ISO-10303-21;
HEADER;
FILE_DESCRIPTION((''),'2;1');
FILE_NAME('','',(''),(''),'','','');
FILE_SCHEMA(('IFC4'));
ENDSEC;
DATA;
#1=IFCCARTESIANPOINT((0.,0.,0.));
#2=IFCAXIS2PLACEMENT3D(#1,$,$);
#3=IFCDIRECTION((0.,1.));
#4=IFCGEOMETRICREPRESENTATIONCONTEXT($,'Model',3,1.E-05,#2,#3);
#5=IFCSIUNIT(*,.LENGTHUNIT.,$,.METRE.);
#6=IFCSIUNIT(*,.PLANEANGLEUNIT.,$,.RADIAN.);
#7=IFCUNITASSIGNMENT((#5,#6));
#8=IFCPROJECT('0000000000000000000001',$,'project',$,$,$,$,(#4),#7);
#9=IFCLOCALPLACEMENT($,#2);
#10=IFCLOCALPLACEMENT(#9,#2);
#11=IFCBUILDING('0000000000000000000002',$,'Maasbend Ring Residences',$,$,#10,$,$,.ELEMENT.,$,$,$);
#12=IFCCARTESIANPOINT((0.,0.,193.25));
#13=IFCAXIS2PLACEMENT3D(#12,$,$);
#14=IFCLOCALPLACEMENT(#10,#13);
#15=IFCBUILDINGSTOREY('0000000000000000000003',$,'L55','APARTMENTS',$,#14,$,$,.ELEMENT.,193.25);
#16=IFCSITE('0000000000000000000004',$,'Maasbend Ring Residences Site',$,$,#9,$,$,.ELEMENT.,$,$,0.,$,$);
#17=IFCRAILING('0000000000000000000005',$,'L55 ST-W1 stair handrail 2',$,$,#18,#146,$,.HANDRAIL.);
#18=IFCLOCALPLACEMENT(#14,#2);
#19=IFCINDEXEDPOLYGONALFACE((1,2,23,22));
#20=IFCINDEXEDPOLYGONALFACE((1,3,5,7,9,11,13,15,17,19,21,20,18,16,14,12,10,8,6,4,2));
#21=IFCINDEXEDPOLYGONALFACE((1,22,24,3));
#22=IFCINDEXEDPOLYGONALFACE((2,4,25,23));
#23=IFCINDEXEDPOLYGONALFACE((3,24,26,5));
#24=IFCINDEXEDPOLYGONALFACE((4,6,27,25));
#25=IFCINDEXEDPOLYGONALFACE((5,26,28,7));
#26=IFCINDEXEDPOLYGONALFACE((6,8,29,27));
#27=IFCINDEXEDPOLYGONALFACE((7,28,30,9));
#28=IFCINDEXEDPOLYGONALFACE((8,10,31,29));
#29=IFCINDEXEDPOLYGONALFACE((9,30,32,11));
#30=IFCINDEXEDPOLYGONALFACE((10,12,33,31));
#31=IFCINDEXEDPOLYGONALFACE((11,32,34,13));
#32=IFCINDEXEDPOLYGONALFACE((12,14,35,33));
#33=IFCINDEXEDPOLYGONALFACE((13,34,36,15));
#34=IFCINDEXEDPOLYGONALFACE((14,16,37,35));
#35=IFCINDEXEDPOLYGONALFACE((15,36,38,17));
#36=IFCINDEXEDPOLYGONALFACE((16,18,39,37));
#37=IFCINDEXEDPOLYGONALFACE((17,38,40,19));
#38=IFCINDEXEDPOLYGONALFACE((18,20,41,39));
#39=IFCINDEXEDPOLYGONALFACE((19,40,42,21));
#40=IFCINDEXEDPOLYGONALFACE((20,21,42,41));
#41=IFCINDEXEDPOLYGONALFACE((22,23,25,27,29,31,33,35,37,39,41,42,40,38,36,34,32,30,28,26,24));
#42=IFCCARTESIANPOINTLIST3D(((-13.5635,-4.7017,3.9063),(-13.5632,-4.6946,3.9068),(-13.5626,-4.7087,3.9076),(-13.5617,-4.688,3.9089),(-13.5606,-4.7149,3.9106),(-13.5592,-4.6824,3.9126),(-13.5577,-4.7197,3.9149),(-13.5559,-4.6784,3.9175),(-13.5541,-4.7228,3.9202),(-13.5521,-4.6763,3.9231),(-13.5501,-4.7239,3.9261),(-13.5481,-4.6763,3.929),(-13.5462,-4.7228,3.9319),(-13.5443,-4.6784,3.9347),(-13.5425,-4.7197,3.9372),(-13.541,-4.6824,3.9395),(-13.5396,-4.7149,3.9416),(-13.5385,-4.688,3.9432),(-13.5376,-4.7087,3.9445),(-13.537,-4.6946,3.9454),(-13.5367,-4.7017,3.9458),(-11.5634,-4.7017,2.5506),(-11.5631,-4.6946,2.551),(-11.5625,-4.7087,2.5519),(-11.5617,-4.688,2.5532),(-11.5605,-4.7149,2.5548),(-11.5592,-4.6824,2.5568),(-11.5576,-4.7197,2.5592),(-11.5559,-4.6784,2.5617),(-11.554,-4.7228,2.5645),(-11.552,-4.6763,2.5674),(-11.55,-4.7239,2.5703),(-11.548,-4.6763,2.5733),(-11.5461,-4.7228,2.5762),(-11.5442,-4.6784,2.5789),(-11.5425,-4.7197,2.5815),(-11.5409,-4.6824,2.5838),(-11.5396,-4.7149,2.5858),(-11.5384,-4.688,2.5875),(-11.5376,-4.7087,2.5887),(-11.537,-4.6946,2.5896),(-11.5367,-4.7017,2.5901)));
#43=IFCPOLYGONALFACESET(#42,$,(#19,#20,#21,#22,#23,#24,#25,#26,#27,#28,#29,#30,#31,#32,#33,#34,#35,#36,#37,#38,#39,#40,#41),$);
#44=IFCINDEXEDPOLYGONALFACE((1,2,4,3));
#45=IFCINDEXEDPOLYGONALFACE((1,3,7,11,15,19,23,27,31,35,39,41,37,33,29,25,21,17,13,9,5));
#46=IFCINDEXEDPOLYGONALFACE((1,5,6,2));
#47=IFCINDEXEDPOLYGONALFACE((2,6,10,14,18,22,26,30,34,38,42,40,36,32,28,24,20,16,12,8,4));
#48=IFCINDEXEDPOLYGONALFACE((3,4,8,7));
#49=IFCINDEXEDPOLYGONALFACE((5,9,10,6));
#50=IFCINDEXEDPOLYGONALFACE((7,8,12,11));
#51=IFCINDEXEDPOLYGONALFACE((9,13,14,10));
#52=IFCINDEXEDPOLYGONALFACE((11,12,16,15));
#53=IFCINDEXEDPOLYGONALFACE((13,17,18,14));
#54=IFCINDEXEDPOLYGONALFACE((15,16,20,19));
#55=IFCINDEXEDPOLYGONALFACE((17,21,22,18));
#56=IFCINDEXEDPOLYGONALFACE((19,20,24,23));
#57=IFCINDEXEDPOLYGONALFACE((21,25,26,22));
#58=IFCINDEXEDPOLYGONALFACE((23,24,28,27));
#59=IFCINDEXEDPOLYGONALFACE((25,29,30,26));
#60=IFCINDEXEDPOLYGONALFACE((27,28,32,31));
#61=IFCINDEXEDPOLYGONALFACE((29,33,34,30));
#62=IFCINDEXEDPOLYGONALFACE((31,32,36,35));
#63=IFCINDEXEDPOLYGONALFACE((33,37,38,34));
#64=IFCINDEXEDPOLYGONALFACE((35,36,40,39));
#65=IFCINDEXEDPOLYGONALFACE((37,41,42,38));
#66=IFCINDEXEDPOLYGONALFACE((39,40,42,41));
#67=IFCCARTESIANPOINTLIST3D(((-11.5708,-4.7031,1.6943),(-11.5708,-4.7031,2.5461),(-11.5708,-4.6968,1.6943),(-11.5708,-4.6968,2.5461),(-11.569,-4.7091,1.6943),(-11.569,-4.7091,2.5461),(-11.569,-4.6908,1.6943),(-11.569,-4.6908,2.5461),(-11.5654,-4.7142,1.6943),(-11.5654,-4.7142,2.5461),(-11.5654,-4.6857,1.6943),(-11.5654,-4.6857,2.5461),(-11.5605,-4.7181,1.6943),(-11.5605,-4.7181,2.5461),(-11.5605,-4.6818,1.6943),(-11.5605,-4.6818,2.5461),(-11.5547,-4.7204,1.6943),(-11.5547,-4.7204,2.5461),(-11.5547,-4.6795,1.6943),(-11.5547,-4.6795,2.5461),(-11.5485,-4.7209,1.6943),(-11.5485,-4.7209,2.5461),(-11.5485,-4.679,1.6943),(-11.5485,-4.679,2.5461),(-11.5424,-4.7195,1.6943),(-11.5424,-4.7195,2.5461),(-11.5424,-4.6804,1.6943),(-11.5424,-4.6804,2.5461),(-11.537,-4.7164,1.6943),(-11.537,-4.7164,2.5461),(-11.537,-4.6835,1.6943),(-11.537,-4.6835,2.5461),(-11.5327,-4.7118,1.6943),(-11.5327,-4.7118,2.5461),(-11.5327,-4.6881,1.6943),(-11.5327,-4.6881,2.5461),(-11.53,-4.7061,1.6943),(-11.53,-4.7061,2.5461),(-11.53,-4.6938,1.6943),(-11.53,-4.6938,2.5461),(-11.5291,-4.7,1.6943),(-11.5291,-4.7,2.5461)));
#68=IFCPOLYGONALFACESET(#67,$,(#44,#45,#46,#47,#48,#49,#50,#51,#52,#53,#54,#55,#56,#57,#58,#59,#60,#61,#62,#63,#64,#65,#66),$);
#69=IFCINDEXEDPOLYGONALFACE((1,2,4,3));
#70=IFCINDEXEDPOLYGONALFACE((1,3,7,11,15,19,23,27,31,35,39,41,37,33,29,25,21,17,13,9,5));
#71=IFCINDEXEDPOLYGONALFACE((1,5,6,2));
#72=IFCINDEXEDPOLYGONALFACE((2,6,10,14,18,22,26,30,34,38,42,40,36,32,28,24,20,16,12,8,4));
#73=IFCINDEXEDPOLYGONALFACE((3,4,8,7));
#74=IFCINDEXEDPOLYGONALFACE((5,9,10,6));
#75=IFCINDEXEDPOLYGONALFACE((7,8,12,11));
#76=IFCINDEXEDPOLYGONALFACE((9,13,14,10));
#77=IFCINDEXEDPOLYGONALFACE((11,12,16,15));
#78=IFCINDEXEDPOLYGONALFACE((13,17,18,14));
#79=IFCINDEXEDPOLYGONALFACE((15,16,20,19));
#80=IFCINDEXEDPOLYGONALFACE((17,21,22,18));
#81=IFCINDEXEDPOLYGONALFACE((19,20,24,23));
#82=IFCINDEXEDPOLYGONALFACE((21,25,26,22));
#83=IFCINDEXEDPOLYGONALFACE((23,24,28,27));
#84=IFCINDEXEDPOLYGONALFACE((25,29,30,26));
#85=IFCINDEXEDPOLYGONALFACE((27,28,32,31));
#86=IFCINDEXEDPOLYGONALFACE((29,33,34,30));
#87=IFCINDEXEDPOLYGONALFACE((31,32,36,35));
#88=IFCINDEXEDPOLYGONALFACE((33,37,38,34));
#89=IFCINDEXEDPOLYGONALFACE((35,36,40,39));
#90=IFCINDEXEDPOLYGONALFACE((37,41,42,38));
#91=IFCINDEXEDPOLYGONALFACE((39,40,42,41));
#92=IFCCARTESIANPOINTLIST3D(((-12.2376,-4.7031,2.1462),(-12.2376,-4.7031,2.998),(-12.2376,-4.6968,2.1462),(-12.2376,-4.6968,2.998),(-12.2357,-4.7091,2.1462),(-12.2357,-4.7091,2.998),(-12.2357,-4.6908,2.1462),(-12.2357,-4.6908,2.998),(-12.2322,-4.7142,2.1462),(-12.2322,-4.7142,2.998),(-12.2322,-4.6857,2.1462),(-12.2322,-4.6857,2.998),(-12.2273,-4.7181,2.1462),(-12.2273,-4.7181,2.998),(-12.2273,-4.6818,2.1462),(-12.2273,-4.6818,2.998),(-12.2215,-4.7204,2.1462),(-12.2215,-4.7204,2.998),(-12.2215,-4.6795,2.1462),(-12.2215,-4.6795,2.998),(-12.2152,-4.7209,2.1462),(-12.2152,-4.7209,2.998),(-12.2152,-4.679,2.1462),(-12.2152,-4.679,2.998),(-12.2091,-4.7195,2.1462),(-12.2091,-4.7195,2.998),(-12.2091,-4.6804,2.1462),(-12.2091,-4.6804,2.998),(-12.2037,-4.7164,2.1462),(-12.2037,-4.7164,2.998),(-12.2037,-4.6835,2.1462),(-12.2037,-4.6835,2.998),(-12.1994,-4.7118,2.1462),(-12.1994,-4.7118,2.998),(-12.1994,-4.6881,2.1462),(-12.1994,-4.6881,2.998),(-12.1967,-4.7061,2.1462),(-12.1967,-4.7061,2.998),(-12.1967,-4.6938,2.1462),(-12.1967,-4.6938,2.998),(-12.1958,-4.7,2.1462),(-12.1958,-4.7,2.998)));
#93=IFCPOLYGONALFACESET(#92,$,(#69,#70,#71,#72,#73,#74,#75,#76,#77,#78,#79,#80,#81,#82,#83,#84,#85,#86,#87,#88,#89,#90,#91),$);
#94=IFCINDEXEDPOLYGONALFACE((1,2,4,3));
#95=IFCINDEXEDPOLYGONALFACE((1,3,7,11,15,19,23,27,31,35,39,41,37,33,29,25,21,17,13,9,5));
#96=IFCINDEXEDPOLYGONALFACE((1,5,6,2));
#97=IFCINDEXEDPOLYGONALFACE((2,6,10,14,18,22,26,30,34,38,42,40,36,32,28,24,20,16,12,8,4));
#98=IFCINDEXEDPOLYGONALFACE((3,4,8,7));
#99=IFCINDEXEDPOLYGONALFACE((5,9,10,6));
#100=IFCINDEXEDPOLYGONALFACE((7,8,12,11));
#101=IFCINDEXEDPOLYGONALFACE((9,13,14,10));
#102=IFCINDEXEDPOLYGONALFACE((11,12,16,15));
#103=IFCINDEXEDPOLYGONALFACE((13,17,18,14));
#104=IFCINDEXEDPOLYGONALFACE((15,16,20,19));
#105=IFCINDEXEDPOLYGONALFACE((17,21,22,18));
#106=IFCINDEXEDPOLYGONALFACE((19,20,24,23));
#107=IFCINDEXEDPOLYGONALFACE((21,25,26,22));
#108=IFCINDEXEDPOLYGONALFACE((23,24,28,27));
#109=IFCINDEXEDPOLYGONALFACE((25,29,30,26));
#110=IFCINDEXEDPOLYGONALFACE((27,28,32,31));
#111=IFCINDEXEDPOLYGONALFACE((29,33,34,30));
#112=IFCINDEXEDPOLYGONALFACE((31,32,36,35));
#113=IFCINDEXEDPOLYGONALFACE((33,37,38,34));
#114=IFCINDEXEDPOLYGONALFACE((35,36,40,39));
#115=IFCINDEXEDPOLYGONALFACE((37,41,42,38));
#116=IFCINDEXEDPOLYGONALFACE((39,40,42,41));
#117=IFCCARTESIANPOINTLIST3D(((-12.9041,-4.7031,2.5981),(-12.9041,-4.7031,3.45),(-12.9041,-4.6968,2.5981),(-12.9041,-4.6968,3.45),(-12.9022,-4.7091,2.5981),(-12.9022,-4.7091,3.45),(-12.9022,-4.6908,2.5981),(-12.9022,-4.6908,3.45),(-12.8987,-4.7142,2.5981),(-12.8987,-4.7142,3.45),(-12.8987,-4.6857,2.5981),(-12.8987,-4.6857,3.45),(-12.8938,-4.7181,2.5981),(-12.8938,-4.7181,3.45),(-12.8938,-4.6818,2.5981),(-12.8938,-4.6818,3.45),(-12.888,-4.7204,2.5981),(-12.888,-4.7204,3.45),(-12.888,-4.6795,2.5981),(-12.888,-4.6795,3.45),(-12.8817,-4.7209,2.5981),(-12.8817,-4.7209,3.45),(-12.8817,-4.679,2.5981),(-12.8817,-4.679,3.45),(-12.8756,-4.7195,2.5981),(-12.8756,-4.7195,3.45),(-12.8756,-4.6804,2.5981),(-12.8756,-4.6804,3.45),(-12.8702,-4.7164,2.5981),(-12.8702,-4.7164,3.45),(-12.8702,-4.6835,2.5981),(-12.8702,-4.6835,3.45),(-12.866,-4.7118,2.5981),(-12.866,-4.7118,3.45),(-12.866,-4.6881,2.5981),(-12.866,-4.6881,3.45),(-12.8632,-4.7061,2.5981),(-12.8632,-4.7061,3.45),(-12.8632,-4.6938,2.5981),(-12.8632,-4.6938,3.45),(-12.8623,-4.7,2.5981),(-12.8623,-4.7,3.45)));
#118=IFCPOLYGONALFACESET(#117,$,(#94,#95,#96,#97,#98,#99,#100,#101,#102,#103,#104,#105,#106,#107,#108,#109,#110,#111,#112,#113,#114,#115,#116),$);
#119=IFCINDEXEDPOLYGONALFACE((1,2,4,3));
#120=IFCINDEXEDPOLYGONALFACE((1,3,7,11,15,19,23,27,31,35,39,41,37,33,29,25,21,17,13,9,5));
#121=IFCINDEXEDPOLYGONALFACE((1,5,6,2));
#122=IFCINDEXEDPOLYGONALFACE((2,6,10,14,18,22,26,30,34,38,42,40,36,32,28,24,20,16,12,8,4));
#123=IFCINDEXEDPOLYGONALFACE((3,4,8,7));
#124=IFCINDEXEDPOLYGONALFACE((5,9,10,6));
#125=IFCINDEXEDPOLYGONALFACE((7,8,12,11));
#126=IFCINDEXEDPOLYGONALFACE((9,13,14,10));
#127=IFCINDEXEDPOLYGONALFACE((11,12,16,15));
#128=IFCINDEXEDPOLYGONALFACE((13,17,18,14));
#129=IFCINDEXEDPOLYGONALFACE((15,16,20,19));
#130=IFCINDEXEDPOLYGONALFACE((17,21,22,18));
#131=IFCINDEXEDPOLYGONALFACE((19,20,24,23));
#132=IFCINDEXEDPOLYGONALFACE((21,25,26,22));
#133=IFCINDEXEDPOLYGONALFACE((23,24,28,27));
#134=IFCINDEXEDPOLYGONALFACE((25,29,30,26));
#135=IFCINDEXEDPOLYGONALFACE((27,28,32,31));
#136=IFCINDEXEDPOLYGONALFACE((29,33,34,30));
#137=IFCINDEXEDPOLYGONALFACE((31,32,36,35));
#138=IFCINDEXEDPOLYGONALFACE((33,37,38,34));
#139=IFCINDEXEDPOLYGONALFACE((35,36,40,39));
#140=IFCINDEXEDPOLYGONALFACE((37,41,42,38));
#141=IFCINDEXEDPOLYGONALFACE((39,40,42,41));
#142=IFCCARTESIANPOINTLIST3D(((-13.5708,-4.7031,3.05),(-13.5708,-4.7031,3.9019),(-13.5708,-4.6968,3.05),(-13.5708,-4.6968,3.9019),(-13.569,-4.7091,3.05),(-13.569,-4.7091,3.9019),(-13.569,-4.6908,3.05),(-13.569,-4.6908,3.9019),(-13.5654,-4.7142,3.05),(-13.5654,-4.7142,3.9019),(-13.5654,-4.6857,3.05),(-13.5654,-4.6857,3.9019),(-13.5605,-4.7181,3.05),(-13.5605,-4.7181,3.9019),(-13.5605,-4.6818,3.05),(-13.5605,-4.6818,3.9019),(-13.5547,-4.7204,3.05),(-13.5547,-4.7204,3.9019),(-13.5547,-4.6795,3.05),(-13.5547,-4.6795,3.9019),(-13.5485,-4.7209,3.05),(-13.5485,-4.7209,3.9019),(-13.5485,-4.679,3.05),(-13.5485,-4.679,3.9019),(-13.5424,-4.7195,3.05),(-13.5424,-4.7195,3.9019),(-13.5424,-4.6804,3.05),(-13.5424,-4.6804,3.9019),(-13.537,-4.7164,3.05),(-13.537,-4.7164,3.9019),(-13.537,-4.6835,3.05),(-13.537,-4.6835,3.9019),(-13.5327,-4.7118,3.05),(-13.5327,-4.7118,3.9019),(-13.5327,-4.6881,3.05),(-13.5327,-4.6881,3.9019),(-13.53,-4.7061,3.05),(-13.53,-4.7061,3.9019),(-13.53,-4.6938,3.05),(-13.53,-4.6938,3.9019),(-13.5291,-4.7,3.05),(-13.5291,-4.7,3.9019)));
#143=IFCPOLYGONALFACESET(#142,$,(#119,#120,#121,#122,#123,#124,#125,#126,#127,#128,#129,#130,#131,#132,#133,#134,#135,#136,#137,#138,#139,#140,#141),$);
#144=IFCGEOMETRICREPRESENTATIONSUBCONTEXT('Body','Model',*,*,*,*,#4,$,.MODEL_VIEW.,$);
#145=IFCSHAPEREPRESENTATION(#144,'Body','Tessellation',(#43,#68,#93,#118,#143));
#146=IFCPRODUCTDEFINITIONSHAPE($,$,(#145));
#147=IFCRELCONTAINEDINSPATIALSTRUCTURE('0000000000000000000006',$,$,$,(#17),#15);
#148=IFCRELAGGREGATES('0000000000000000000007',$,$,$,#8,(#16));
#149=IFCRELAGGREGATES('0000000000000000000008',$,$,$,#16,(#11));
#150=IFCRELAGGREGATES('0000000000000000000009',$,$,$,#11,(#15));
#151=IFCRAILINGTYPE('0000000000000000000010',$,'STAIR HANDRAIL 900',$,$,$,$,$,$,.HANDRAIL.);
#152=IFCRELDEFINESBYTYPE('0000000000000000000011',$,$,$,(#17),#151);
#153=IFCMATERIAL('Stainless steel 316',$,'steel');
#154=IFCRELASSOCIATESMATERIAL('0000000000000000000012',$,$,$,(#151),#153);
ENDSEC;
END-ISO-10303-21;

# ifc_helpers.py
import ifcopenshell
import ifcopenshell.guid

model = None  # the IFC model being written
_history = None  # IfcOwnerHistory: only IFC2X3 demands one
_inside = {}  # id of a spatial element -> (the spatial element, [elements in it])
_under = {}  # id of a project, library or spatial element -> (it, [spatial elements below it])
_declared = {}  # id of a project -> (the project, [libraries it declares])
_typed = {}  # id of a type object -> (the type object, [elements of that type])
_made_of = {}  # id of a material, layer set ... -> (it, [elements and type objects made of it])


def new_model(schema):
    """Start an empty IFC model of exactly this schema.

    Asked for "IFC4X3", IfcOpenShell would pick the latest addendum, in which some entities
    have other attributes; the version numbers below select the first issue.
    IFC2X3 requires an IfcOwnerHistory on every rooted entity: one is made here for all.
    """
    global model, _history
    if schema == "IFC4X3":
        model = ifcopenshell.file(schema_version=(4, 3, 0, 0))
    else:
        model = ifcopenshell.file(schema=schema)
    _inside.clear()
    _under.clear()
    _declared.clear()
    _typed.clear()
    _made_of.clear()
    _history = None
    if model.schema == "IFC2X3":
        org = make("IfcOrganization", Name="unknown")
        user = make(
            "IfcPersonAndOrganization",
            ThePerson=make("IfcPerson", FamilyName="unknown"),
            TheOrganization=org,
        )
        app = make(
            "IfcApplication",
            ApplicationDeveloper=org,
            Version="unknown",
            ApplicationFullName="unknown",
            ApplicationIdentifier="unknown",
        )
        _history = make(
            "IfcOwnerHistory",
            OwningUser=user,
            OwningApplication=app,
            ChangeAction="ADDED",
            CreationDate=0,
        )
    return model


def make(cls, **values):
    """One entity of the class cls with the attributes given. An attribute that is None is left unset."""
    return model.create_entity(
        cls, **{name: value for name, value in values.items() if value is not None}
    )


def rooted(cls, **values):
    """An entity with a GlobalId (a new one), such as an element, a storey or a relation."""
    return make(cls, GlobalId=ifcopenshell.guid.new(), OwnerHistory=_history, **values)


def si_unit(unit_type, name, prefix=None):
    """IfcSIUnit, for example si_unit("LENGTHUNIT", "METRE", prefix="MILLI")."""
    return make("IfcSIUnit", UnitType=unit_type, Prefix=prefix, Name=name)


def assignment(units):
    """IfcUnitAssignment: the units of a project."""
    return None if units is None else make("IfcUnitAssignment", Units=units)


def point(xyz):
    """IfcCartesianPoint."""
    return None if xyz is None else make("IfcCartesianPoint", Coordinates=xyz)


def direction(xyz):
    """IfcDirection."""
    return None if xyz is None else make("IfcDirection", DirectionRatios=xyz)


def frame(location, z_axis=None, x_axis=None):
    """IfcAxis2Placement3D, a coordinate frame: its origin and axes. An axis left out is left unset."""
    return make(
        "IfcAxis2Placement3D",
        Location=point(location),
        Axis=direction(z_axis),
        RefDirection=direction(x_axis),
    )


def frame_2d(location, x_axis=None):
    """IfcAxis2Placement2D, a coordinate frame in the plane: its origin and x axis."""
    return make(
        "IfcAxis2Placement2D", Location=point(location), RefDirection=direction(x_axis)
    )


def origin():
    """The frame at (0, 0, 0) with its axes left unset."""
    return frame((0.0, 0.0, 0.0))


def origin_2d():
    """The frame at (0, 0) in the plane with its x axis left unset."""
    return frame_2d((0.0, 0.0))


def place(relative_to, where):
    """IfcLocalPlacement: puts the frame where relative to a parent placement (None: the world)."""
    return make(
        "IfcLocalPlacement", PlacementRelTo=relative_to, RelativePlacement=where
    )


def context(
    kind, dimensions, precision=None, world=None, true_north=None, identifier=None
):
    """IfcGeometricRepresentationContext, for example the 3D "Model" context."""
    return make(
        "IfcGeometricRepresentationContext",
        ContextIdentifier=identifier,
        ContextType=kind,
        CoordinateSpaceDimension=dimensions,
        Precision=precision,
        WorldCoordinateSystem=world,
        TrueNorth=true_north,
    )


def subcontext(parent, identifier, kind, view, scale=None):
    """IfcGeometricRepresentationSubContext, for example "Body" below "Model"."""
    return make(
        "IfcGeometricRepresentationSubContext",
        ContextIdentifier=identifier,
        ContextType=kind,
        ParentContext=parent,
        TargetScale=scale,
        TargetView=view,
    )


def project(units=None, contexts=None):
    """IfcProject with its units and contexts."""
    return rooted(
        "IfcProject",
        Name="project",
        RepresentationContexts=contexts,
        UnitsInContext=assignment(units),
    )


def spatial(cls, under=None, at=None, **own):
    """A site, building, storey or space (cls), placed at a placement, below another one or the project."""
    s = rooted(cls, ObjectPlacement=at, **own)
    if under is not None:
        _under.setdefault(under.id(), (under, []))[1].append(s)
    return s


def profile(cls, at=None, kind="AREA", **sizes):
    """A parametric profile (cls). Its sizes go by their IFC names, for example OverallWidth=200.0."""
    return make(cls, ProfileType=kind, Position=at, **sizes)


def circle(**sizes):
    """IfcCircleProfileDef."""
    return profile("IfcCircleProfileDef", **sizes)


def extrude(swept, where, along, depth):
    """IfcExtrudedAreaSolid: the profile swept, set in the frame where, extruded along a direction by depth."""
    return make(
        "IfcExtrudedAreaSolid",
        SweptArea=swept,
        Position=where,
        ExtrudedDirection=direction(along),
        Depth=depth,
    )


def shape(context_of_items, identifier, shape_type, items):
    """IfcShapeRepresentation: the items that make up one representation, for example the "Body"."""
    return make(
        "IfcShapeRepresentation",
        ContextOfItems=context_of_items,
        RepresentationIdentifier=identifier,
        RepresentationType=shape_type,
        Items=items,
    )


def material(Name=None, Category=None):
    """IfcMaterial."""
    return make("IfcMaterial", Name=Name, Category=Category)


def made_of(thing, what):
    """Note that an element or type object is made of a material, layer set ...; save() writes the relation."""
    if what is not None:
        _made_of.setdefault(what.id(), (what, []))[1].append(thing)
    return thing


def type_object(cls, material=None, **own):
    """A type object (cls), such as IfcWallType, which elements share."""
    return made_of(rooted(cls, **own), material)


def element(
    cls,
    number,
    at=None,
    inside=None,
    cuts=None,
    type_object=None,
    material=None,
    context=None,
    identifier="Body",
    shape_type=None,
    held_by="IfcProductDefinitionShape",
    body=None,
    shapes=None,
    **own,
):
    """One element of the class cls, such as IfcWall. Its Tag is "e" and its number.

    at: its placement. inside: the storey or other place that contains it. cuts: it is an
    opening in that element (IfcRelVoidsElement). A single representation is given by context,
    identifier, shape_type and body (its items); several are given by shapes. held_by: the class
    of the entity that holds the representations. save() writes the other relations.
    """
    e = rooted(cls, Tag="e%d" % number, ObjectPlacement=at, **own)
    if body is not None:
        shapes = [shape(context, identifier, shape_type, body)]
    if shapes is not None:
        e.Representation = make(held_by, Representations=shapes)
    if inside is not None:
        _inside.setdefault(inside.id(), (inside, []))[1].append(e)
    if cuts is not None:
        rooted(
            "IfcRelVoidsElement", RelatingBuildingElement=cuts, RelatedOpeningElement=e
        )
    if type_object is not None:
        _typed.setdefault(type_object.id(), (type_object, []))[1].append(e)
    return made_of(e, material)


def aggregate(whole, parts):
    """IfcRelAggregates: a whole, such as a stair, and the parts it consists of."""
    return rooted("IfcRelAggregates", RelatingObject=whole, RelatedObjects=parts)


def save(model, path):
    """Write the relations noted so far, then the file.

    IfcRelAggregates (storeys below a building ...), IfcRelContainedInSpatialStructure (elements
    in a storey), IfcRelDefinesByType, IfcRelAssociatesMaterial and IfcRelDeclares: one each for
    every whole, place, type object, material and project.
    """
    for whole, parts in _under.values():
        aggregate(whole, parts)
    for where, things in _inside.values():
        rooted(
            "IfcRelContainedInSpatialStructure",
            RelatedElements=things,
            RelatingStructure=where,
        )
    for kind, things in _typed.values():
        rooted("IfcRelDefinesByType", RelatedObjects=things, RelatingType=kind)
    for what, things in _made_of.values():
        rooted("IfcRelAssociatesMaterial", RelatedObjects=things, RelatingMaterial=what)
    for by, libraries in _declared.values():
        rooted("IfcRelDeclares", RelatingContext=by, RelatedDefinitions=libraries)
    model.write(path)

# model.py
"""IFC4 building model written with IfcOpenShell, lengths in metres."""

from ifc_helpers import new_model, si_unit, direction, frame, origin, origin_2d, place, context, subcontext, project, spatial, circle, extrude, material, type_object, element, save


model = new_model("IFC4")

# Units and contexts
model_context = context("Model", 3, precision=1e-05, world=origin(), true_north=direction((0.0, 1.0)))
body_context = subcontext(model_context, "Body", "Model", "MODEL_VIEW")
ifc_project = project(units=[si_unit("LENGTHUNIT", "METRE"), si_unit("PLANEANGLEUNIT", "RADIAN")], contexts=[model_context])

# Site, building, storey
site_placement = place(None, origin())
site = spatial("IfcSite", under=ifc_project, at=site_placement, Name="Maasbend Ring Residences Site", CompositionType="ELEMENT", RefElevation=0.0)
building_placement = place(site_placement, origin())
building = spatial("IfcBuilding", under=site, at=building_placement, Name="Maasbend Ring Residences", CompositionType="ELEMENT")
storey_placement = place(building_placement, frame((0.0, 0.0, 193.25)))
storey = spatial("IfcBuildingStorey", under=building, at=storey_placement, Name="L55", Description="APARTMENTS", CompositionType="ELEMENT", Elevation=193.25)

# Railing
ifc_material_1 = material(Name="Stainless steel 316", Category="steel")
railing_type_1 = type_object("IfcRailingType", Name="STAIR HANDRAIL 900", PredefinedType="HANDRAIL", material=ifc_material_1)
railing_1_placement = place(storey_placement, frame((-11.55, -4.7, 1.6943)))
element("IfcRailing", 1, at=railing_1_placement, inside=storey, type_object=railing_type_1, Name="L55 ST-W1 stair handrail 2", PredefinedType="HANDRAIL", context=body_context, shape_type="SweptSolid", body=[
    extrude(circle(Radius=0.0239, at=origin_2d()), frame((0.0, 0.0, 0.876), z_axis=(-0.827751, 0.0, 0.561096), x_axis=(0.0, -1.0, 0.0)), (0.0, 0.0, 1.0), 2.4163),
    extrude(circle(Radius=0.021, at=origin_2d()), origin(), (0.0, 0.0, 1.0), 0.8518),
    extrude(circle(Radius=0.021, at=origin_2d()), frame((-0.6667, 0.0, 0.4519)), (0.0, 0.0, 1.0), 0.8518),
    extrude(circle(Radius=0.021, at=origin_2d()), frame((-1.3333, 0.0, 0.9038)), (0.0, 0.0, 1.0), 0.8518),
    extrude(circle(Radius=0.021, at=origin_2d()), frame((-2.0, 0.0, 1.3557)), (0.0, 0.0, 1.0), 0.8518),
])

save(model, "model.ifc")
